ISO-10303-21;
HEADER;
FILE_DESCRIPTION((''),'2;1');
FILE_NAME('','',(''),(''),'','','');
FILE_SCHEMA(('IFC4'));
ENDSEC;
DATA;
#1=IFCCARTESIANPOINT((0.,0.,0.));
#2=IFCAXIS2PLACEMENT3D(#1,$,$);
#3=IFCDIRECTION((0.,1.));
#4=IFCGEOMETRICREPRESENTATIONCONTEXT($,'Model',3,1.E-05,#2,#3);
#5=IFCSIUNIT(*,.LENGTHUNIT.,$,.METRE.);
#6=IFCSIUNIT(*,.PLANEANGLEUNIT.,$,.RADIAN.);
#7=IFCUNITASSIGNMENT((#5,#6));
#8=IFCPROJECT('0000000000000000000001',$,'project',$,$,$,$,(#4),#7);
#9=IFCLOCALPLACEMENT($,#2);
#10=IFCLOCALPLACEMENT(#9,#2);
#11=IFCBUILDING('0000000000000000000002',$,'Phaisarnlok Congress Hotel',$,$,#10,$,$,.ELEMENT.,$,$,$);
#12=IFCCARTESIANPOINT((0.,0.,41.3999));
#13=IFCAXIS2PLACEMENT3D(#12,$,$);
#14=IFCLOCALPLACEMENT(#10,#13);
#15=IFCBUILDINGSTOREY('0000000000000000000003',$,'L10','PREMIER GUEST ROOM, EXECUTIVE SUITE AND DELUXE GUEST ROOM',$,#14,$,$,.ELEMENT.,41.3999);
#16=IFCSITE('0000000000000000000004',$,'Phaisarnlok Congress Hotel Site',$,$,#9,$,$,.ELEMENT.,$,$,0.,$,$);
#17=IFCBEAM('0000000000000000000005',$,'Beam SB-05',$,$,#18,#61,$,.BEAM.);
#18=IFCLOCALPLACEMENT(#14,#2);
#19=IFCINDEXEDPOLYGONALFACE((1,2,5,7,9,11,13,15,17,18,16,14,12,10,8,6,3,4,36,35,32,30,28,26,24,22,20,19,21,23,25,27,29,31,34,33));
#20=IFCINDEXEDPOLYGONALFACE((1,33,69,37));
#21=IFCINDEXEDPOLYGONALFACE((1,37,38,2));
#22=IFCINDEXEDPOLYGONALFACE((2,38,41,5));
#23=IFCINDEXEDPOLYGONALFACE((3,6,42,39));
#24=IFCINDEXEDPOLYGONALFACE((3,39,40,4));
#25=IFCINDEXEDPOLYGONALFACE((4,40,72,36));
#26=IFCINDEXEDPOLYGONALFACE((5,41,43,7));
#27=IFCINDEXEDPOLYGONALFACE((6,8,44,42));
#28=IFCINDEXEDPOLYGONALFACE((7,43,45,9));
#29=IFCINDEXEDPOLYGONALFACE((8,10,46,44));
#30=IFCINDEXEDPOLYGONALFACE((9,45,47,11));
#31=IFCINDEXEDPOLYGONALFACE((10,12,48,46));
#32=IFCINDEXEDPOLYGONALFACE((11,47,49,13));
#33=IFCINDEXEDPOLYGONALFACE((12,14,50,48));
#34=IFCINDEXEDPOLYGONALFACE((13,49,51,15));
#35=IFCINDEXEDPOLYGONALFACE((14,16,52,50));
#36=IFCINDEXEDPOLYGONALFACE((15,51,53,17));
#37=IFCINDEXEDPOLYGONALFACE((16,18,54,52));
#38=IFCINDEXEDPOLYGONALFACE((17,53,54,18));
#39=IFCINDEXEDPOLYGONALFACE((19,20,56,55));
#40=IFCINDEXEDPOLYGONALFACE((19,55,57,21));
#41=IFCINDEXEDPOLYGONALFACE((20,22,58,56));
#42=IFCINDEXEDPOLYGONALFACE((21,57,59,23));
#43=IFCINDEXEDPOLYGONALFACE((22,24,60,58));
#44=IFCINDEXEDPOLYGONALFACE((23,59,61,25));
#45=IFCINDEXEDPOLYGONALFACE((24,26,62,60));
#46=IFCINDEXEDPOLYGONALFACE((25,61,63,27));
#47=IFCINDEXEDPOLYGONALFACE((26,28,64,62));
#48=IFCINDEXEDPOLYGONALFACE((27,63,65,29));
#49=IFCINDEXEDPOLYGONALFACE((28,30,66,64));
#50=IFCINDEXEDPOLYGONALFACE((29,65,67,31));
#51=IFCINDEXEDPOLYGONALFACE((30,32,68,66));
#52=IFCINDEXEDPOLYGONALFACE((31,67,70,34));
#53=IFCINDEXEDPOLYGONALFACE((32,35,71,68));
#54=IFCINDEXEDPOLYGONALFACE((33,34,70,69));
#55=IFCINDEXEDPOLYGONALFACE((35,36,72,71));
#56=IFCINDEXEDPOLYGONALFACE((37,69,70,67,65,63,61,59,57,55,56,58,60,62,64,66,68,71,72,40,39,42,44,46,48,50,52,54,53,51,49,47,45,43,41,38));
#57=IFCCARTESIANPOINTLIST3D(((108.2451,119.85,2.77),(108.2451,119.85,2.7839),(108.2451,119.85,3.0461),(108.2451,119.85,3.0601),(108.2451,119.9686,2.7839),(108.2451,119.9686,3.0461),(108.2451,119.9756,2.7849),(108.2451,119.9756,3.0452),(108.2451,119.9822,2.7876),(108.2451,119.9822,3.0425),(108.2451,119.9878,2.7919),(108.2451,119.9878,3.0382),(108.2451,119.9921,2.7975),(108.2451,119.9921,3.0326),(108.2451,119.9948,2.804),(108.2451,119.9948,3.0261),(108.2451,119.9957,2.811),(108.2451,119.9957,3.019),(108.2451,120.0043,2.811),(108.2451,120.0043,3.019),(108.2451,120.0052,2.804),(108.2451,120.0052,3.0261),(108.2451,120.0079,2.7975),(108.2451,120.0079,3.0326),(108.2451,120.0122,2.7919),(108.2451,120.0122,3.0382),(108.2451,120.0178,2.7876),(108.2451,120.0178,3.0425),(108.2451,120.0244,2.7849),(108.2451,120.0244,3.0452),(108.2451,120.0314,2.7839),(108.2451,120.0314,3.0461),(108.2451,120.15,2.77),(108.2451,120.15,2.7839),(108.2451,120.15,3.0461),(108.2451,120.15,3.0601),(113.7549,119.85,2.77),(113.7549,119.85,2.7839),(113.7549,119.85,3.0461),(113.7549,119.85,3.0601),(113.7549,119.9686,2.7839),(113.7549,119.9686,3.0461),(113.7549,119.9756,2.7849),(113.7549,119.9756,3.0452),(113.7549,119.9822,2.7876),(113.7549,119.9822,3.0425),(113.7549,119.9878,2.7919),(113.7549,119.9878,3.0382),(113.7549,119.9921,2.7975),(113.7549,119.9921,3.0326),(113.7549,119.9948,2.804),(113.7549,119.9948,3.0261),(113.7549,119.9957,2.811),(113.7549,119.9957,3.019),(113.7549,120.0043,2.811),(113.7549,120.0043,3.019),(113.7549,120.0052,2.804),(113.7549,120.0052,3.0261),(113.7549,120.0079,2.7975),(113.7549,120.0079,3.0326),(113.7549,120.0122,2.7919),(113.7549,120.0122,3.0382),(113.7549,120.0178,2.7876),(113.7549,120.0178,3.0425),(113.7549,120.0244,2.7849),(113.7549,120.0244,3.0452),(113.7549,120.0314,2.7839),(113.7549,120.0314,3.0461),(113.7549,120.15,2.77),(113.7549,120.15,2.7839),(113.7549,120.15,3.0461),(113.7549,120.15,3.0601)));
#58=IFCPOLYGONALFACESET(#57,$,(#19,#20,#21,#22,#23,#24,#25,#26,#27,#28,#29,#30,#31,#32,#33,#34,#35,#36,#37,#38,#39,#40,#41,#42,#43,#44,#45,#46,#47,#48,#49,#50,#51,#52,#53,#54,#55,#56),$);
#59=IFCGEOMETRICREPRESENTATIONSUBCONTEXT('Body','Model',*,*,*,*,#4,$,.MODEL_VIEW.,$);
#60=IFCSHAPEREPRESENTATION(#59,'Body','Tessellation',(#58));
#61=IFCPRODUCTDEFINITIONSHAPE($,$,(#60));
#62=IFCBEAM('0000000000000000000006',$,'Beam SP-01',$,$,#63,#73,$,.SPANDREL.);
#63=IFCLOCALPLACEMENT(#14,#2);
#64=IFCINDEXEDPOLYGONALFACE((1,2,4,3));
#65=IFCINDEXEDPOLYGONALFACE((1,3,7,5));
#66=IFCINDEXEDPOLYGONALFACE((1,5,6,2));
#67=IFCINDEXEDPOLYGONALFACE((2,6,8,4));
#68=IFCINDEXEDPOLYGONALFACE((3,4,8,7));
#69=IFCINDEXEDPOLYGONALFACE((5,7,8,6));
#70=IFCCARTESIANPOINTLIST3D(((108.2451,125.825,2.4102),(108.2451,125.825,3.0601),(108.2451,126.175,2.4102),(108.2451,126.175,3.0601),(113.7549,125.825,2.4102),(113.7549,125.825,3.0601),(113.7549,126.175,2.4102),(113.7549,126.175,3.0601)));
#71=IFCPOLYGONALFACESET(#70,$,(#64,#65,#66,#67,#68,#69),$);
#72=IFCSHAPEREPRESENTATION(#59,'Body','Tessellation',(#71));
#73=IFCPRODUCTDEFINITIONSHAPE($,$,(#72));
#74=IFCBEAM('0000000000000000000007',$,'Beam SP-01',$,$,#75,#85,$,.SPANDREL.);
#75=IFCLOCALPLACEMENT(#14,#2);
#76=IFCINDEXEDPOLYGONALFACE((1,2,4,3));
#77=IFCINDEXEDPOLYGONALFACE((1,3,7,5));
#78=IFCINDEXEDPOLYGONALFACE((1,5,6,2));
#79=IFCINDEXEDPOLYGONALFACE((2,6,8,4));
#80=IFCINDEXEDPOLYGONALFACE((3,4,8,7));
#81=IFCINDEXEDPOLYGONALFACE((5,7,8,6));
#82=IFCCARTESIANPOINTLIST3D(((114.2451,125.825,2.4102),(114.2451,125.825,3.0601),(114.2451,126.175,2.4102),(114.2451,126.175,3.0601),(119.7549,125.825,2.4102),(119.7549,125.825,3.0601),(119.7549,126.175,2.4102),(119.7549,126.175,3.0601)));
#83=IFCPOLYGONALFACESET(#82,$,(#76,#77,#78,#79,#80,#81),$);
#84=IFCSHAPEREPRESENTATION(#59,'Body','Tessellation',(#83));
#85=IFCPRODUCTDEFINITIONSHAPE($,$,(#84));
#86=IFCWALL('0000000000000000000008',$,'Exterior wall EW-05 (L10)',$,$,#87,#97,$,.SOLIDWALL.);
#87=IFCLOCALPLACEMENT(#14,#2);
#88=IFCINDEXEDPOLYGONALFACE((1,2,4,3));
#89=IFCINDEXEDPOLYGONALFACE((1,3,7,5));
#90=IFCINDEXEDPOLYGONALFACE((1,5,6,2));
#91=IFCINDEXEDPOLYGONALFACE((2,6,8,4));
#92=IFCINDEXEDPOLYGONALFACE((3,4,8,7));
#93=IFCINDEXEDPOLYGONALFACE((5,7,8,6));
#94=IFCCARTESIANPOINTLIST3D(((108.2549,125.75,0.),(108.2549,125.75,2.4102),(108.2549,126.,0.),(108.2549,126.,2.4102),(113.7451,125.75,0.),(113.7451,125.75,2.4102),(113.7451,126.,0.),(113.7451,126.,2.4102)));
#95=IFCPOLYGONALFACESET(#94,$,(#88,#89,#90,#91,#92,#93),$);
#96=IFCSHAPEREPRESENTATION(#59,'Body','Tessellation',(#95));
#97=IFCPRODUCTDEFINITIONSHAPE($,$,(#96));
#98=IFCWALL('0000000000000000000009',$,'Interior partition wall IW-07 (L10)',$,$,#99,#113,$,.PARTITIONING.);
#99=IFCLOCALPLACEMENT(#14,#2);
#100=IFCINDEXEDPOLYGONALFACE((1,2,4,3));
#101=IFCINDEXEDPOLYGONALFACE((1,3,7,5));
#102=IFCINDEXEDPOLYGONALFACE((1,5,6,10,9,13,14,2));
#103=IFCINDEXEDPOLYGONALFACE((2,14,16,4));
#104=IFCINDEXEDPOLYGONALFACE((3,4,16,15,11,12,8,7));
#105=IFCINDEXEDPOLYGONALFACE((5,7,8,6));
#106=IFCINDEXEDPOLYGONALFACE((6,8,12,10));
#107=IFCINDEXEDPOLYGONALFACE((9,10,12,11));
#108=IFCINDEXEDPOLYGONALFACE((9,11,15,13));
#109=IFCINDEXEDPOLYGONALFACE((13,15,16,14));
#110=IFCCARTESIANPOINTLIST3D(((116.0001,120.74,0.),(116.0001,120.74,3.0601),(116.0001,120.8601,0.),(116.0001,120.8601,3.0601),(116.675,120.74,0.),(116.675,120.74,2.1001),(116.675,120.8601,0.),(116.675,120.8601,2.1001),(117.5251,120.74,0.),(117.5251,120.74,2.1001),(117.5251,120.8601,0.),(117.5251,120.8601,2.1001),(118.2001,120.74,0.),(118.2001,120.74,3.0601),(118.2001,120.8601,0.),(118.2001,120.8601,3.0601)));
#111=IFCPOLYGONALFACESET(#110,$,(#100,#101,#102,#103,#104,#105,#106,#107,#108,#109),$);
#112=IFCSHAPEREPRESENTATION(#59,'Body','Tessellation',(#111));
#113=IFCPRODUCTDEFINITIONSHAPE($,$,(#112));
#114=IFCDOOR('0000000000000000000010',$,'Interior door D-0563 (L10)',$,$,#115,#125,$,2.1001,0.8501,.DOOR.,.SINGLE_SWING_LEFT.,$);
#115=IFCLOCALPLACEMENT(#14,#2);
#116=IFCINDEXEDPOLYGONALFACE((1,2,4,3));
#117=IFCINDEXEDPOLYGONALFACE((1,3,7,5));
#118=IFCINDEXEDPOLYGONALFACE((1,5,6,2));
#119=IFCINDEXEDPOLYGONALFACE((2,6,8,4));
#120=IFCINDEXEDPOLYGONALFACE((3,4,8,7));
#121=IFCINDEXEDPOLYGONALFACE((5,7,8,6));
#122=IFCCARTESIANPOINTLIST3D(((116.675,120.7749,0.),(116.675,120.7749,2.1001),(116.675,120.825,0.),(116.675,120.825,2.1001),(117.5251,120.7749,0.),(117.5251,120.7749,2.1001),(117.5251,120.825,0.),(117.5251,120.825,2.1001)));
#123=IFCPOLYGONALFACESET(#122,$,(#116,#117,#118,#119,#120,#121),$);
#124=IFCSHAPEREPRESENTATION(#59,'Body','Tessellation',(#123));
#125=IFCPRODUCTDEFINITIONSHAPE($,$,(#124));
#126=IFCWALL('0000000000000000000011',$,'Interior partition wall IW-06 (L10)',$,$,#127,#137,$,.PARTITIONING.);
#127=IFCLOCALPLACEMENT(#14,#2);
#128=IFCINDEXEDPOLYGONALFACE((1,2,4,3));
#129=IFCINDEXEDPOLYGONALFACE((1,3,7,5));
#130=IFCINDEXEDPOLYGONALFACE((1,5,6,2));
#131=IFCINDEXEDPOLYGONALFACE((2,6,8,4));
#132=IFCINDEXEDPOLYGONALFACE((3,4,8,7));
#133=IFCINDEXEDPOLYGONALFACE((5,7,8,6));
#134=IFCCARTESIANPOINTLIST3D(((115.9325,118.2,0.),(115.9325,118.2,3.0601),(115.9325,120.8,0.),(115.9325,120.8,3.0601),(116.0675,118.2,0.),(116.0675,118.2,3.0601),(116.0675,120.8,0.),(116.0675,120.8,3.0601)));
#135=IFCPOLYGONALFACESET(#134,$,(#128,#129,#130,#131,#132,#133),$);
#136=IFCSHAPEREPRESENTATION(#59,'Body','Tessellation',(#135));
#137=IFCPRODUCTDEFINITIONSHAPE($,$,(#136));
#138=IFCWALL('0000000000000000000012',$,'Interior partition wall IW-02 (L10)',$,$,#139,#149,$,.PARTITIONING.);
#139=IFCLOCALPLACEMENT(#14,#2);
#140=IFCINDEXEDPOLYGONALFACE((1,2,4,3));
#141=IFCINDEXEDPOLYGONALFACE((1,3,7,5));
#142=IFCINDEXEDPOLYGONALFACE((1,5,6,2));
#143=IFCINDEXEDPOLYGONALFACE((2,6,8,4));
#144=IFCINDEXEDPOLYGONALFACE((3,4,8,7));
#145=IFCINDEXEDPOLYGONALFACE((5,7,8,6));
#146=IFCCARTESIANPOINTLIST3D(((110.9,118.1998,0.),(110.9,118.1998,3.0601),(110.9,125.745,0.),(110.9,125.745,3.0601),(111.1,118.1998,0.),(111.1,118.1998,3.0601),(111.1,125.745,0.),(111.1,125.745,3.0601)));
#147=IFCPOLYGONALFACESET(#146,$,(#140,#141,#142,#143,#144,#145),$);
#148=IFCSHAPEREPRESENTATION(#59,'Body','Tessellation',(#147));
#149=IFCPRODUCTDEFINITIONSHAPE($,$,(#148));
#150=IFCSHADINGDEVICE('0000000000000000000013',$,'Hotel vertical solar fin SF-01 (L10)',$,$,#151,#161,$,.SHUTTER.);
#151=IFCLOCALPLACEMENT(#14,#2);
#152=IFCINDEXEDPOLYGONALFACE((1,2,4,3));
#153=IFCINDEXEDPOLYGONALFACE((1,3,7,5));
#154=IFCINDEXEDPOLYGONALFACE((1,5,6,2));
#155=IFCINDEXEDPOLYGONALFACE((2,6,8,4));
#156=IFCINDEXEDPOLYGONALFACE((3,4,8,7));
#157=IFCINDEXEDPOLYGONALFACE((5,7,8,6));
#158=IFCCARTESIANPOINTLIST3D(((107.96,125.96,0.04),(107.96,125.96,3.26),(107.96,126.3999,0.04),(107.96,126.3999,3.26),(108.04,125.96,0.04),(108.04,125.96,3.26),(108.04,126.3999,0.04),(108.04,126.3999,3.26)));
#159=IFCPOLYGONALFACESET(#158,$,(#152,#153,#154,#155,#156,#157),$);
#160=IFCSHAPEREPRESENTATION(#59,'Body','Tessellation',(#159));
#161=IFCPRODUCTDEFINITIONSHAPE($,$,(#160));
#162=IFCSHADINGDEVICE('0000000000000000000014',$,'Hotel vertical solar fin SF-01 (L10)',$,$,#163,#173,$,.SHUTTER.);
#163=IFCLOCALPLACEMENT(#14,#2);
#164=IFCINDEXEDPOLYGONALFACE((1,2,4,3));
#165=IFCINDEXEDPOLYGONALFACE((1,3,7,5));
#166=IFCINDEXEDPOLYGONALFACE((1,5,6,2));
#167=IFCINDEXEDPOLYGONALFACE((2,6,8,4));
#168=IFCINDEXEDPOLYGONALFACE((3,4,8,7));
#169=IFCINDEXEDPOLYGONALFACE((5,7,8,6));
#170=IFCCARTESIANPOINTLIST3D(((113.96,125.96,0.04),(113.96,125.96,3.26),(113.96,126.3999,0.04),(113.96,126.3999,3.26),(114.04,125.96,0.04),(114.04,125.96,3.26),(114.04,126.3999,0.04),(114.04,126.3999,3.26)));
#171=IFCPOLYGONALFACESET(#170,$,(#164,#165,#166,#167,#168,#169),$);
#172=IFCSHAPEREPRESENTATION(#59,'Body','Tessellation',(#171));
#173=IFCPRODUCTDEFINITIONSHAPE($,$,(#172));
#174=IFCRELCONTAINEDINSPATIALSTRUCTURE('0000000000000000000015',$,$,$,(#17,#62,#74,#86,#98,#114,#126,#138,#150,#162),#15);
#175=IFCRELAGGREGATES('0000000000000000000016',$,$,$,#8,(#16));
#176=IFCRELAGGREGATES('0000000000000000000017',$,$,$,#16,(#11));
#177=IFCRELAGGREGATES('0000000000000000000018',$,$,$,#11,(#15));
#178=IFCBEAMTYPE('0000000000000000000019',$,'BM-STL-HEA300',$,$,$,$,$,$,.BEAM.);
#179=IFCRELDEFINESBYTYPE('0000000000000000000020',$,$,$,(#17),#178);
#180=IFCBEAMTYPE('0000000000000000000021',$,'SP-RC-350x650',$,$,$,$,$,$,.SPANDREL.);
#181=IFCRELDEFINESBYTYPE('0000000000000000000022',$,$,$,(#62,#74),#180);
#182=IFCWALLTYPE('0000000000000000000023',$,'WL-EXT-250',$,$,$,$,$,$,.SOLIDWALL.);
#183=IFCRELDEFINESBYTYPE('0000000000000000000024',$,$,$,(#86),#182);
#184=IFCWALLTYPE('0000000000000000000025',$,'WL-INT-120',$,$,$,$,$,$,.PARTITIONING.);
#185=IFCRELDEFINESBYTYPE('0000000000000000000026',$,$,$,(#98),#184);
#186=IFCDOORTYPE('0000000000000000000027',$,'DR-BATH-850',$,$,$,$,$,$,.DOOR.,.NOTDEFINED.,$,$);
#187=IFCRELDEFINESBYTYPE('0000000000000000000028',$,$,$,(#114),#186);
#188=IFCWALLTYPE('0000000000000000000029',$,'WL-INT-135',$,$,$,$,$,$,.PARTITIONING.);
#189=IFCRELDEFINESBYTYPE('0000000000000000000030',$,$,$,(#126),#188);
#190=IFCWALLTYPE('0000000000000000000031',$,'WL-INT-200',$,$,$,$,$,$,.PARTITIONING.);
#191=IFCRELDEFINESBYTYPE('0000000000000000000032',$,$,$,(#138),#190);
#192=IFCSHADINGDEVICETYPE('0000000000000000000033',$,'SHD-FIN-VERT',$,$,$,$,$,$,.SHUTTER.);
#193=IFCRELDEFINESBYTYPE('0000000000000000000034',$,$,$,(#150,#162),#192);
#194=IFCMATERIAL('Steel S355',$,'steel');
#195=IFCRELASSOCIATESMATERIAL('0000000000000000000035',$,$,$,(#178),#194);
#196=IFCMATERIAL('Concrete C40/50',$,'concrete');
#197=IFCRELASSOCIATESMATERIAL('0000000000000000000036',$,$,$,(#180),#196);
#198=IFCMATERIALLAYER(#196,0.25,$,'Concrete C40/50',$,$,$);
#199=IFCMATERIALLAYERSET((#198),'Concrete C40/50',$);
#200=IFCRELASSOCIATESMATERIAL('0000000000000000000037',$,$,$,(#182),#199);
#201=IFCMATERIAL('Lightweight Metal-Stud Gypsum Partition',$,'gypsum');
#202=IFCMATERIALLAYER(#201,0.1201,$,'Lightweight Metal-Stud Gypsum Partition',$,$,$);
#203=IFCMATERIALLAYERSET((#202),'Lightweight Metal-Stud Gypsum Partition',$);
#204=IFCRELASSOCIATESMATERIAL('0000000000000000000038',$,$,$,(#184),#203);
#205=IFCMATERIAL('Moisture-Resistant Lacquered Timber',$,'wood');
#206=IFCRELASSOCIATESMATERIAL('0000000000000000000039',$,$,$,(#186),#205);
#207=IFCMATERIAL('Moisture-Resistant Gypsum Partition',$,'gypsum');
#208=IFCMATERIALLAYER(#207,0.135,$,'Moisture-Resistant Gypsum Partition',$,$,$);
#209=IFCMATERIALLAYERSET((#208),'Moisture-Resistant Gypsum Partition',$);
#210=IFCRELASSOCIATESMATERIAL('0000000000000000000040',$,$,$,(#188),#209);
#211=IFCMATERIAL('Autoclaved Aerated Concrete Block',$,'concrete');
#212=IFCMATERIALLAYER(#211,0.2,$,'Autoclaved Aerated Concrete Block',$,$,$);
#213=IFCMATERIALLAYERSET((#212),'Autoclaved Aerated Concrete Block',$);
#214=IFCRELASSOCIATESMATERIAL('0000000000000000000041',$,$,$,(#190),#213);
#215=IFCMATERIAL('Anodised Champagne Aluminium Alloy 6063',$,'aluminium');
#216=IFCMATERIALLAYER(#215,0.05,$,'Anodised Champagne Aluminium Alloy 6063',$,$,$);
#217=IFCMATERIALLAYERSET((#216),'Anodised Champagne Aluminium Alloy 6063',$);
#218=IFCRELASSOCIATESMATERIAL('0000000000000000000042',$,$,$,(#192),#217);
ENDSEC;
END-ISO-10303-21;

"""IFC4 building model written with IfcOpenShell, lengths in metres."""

from ifc_helpers import new_model, si_unit, direction, frame, frame_2d, origin, origin_2d, place, context, subcontext, project, spatial, rectangle, i_section, extrude, material, layer, layer_set, material_profile, profile_set, type_object, element, fill, save


model = new_model("IFC4")

# Units and contexts
model_context = context("Model", 3, precision=1e-05, world=origin(), true_north=direction((0.0, 1.0)))
body_context = subcontext(model_context, "Body", "Model", "MODEL_VIEW")
ifc_project = project(units=[si_unit("LENGTHUNIT", "METRE"), si_unit("PLANEANGLEUNIT", "RADIAN")], contexts=[model_context])

# Site, building, storey
site_placement = place(None, origin())
site = spatial("IfcSite", under=ifc_project, at=site_placement, Name="Phaisarnlok Congress Hotel Site", CompositionType="ELEMENT", RefElevation=0.0)
building_placement = place(site_placement, origin())
building = spatial("IfcBuilding", under=site, at=building_placement, Name="Phaisarnlok Congress Hotel", CompositionType="ELEMENT")
storey_placement = place(building_placement, frame((0.0, 0.0, 41.3999)))
storey = spatial("IfcBuildingStorey", under=building, at=storey_placement, Name="L10", Description="PREMIER GUEST ROOM, EXECUTIVE SUITE AND DELUXE GUEST ROOM", CompositionType="ELEMENT", Elevation=41.3999)

# Beams
ifc_material_1 = material(Name="Concrete C40/50", Category="concrete")
ifc_material_2 = material(Name="Steel S355", Category="steel")
ifc_material_profile_1 = material_profile(ifc_material_2, i_section(OverallWidth=0.3, OverallDepth=0.29, WebThickness=0.0085, FlangeThickness=0.0139, FilletRadius=0.0271, at=origin_2d()), Name="HEA 300")
ifc_profile_set_1 = profile_set([ifc_material_profile_1], Name="Steel S355")
beam_type_1 = type_object("IfcBeamType", Name="BM-STL-HEA300", PredefinedType="BEAM", material=ifc_profile_set_1)
for number, where, z_axis, x_axis, name in (
    (1, (108.2451, 120.0, 2.915), (1.0, 0.0, 0.0), (0.0, 1.0, 0.0), "Beam SB-05"),
):
    element("IfcBeam", number, at=place(storey_placement, frame(where, z_axis=z_axis, x_axis=x_axis)), inside=storey, type_object=beam_type_1, Name=name, PredefinedType="BEAM", context=body_context, shape_type="SweptSolid", body=[
        extrude(i_section(OverallWidth=0.3, OverallDepth=0.29, WebThickness=0.0085, FlangeThickness=0.0139, FilletRadius=0.0271, at=origin_2d()), origin(), (0.0, 0.0, 1.0), 5.5098),
    ])
ifc_material_profile_2 = material_profile(ifc_material_1, rectangle(XDim=0.3501, YDim=0.6499, at=origin_2d()), Name="RC 350x650")
ifc_profile_set_2 = profile_set([ifc_material_profile_2], Name="Concrete C40/50")
beam_type_2 = type_object("IfcBeamType", Name="SP-RC-350x650", PredefinedType="SPANDREL", material=ifc_profile_set_2)
for number, where, z_axis, x_axis, name in (
    (2, (108.2451, 126.0, 2.7351), (1.0, 0.0, 0.0), (0.0, 1.0, 0.0), "Beam SP-01"),
    (3, (114.2451, 126.0, 2.7351), (1.0, 0.0, 0.0), (0.0, 1.0, 0.0), "Beam SP-01"),
):
    element("IfcBeam", number, at=place(storey_placement, frame(where, z_axis=z_axis, x_axis=x_axis)), inside=storey, type_object=beam_type_2, Name=name, PredefinedType="SPANDREL", context=body_context, shape_type="SweptSolid", body=[
        extrude(rectangle(XDim=0.3501, YDim=0.6499, at=origin_2d()), origin(), (0.0, 0.0, 1.0), 5.5098),
    ])

# Wall
ifc_layer_1 = layer(ifc_material_1, 0.25, Name="Concrete C40/50")
ifc_layer_set_1 = layer_set([ifc_layer_1], Name="Concrete C40/50")
wall_type_1 = type_object("IfcWallType", Name="WL-EXT-250", PredefinedType="SOLIDWALL", material=ifc_layer_set_1)
wall_1_placement = place(storey_placement, frame((113.7451, 125.875, 0.0), z_axis=(0.0, 0.0, 1.0), x_axis=(-1.0, 0.0, 0.0)))
element("IfcWall", 4, at=wall_1_placement, inside=storey, type_object=wall_type_1, Name="Exterior wall EW-05 (L10)", PredefinedType="SOLIDWALL", context=body_context, shape_type="SweptSolid", body=[
    extrude(rectangle(XDim=5.4902, YDim=0.25, at=frame_2d((2.7451, 0.0))), origin(), (0.0, 0.0, 1.0), 2.4102),
])

# Wall, opening, door
ifc_material_3 = material(Name="Lightweight Metal-Stud Gypsum Partition", Category="gypsum")
ifc_layer_2 = layer(ifc_material_3, 0.1201, Name="Lightweight Metal-Stud Gypsum Partition")
ifc_layer_set_2 = layer_set([ifc_layer_2], Name="Lightweight Metal-Stud Gypsum Partition")
wall_type_2 = type_object("IfcWallType", Name="WL-INT-120", PredefinedType="PARTITIONING", material=ifc_layer_set_2)
wall_2_placement = place(storey_placement, frame((116.0, 120.8, 0.0), z_axis=(0.0, 0.0, 1.0), x_axis=(1.0, 0.0, 0.0)))
wall_2 = element("IfcWall", 5, at=wall_2_placement, inside=storey, type_object=wall_type_2, Name="Interior partition wall IW-07 (L10)", PredefinedType="PARTITIONING", context=body_context, shape_type="SweptSolid", body=[
    extrude(rectangle(XDim=2.2, YDim=0.1201, at=frame_2d((1.1001, 0.0))), origin(), (0.0, 0.0, 1.0), 3.0601),
])
opening_placement = place(wall_2_placement, frame((0.675, 0.0, 0.0)))
opening = element("IfcOpeningElement", 6, at=opening_placement, cuts=wall_2, PredefinedType="OPENING", context=body_context, shape_type="SweptSolid", body=[
    extrude(rectangle(XDim=0.8501, YDim=2.1001, at=frame_2d((0.425, 1.05))), frame((0.0, 0.0701, 0.0), z_axis=(0.0, -1.0, 0.0), x_axis=(1.0, 0.0, 0.0)), (0.0, 0.0, 1.0), 0.1401),
])
ifc_material_4 = material(Name="Moisture-Resistant Lacquered Timber", Category="wood")
door_type = type_object("IfcDoorType", Name="DR-BATH-850", OperationType="NOTDEFINED", PredefinedType="DOOR", material=ifc_material_4)
door_placement = place(opening_placement, origin())
door = element("IfcDoor", 7, at=door_placement, inside=storey, type_object=door_type, Name="Interior door D-0563 (L10)", OperationType="SINGLE_SWING_LEFT", OverallHeight=2.1001, OverallWidth=0.8501, PredefinedType="DOOR", context=body_context, shape_type="SweptSolid", body=[
    extrude(rectangle(XDim=0.8501, YDim=2.1001, at=frame_2d((0.425, 1.05))), frame((0.0, 0.0249, 0.0), z_axis=(0.0, -1.0, 0.0), x_axis=(1.0, 0.0, 0.0)), (0.0, 0.0, 1.0), 0.05),
])
fill(opening, door)

# Walls
ifc_material_5 = material(Name="Moisture-Resistant Gypsum Partition", Category="gypsum")
ifc_layer_3 = layer(ifc_material_5, 0.135, Name="Moisture-Resistant Gypsum Partition")
ifc_layer_set_3 = layer_set([ifc_layer_3], Name="Moisture-Resistant Gypsum Partition")
wall_type_3 = type_object("IfcWallType", Name="WL-INT-135", PredefinedType="PARTITIONING", material=ifc_layer_set_3)
wall_3_placement = place(storey_placement, frame((116.0, 118.2, 0.0), z_axis=(0.0, 0.0, 1.0), x_axis=(0.0, 1.0, 0.0)))
element("IfcWall", 8, at=wall_3_placement, inside=storey, type_object=wall_type_3, Name="Interior partition wall IW-06 (L10)", PredefinedType="PARTITIONING", context=body_context, shape_type="SweptSolid", body=[
    extrude(rectangle(XDim=2.6001, YDim=0.135, at=frame_2d((1.3, 0.0))), origin(), (0.0, 0.0, 1.0), 3.0601),
])
ifc_material_6 = material(Name="Autoclaved Aerated Concrete Block", Category="concrete")
ifc_layer_4 = layer(ifc_material_6, 0.2, Name="Autoclaved Aerated Concrete Block")
ifc_layer_set_4 = layer_set([ifc_layer_4], Name="Autoclaved Aerated Concrete Block")
wall_type_4 = type_object("IfcWallType", Name="WL-INT-200", PredefinedType="PARTITIONING", material=ifc_layer_set_4)
wall_4_placement = place(storey_placement, frame((111.0, 118.2, 0.0), z_axis=(0.0, 0.0, 1.0), x_axis=(0.0, 1.0, 0.0)))
element("IfcWall", 9, at=wall_4_placement, inside=storey, type_object=wall_type_4, Name="Interior partition wall IW-02 (L10)", PredefinedType="PARTITIONING", context=body_context, shape_type="SweptSolid", body=[
    extrude(rectangle(XDim=7.5452, YDim=0.2, at=frame_2d((3.7725, 0.0))), origin(), (0.0, 0.0, 1.0), 3.0601),
])

# Shading devices
ifc_material_7 = material(Name="Anodised Champagne Aluminium Alloy 6063", Category="aluminium")
ifc_layer_5 = layer(ifc_material_7, 0.05, Name="Anodised Champagne Aluminium Alloy 6063")
ifc_layer_set_5 = layer_set([ifc_layer_5], Name="Anodised Champagne Aluminium Alloy 6063")
shading_device_type = type_object("IfcShadingDeviceType", Name="SHD-FIN-VERT", PredefinedType="SHUTTER", material=ifc_layer_set_5)
for number, where, z_axis, x_axis, name in (
    (10, (108.0, 126.1799, 0.04), (0.0, 0.0, 1.0), (1.0, 0.0, 0.0), "Hotel vertical solar fin SF-01 (L10)"),
    (11, (114.0, 126.1799, 0.04), (0.0, 0.0, 1.0), (1.0, 0.0, 0.0), "Hotel vertical solar fin SF-01 (L10)"),
):
    element("IfcShadingDevice", number, at=place(storey_placement, frame(where, z_axis=z_axis, x_axis=x_axis)), inside=storey, type_object=shading_device_type, Name=name, PredefinedType="SHUTTER", context=body_context, shape_type="SweptSolid", body=[
        extrude(rectangle(XDim=0.0801, YDim=0.4399, at=origin_2d()), origin(), (0.0, 0.0, 1.0), 3.22),
    ])

save(model, "model.ifc")
